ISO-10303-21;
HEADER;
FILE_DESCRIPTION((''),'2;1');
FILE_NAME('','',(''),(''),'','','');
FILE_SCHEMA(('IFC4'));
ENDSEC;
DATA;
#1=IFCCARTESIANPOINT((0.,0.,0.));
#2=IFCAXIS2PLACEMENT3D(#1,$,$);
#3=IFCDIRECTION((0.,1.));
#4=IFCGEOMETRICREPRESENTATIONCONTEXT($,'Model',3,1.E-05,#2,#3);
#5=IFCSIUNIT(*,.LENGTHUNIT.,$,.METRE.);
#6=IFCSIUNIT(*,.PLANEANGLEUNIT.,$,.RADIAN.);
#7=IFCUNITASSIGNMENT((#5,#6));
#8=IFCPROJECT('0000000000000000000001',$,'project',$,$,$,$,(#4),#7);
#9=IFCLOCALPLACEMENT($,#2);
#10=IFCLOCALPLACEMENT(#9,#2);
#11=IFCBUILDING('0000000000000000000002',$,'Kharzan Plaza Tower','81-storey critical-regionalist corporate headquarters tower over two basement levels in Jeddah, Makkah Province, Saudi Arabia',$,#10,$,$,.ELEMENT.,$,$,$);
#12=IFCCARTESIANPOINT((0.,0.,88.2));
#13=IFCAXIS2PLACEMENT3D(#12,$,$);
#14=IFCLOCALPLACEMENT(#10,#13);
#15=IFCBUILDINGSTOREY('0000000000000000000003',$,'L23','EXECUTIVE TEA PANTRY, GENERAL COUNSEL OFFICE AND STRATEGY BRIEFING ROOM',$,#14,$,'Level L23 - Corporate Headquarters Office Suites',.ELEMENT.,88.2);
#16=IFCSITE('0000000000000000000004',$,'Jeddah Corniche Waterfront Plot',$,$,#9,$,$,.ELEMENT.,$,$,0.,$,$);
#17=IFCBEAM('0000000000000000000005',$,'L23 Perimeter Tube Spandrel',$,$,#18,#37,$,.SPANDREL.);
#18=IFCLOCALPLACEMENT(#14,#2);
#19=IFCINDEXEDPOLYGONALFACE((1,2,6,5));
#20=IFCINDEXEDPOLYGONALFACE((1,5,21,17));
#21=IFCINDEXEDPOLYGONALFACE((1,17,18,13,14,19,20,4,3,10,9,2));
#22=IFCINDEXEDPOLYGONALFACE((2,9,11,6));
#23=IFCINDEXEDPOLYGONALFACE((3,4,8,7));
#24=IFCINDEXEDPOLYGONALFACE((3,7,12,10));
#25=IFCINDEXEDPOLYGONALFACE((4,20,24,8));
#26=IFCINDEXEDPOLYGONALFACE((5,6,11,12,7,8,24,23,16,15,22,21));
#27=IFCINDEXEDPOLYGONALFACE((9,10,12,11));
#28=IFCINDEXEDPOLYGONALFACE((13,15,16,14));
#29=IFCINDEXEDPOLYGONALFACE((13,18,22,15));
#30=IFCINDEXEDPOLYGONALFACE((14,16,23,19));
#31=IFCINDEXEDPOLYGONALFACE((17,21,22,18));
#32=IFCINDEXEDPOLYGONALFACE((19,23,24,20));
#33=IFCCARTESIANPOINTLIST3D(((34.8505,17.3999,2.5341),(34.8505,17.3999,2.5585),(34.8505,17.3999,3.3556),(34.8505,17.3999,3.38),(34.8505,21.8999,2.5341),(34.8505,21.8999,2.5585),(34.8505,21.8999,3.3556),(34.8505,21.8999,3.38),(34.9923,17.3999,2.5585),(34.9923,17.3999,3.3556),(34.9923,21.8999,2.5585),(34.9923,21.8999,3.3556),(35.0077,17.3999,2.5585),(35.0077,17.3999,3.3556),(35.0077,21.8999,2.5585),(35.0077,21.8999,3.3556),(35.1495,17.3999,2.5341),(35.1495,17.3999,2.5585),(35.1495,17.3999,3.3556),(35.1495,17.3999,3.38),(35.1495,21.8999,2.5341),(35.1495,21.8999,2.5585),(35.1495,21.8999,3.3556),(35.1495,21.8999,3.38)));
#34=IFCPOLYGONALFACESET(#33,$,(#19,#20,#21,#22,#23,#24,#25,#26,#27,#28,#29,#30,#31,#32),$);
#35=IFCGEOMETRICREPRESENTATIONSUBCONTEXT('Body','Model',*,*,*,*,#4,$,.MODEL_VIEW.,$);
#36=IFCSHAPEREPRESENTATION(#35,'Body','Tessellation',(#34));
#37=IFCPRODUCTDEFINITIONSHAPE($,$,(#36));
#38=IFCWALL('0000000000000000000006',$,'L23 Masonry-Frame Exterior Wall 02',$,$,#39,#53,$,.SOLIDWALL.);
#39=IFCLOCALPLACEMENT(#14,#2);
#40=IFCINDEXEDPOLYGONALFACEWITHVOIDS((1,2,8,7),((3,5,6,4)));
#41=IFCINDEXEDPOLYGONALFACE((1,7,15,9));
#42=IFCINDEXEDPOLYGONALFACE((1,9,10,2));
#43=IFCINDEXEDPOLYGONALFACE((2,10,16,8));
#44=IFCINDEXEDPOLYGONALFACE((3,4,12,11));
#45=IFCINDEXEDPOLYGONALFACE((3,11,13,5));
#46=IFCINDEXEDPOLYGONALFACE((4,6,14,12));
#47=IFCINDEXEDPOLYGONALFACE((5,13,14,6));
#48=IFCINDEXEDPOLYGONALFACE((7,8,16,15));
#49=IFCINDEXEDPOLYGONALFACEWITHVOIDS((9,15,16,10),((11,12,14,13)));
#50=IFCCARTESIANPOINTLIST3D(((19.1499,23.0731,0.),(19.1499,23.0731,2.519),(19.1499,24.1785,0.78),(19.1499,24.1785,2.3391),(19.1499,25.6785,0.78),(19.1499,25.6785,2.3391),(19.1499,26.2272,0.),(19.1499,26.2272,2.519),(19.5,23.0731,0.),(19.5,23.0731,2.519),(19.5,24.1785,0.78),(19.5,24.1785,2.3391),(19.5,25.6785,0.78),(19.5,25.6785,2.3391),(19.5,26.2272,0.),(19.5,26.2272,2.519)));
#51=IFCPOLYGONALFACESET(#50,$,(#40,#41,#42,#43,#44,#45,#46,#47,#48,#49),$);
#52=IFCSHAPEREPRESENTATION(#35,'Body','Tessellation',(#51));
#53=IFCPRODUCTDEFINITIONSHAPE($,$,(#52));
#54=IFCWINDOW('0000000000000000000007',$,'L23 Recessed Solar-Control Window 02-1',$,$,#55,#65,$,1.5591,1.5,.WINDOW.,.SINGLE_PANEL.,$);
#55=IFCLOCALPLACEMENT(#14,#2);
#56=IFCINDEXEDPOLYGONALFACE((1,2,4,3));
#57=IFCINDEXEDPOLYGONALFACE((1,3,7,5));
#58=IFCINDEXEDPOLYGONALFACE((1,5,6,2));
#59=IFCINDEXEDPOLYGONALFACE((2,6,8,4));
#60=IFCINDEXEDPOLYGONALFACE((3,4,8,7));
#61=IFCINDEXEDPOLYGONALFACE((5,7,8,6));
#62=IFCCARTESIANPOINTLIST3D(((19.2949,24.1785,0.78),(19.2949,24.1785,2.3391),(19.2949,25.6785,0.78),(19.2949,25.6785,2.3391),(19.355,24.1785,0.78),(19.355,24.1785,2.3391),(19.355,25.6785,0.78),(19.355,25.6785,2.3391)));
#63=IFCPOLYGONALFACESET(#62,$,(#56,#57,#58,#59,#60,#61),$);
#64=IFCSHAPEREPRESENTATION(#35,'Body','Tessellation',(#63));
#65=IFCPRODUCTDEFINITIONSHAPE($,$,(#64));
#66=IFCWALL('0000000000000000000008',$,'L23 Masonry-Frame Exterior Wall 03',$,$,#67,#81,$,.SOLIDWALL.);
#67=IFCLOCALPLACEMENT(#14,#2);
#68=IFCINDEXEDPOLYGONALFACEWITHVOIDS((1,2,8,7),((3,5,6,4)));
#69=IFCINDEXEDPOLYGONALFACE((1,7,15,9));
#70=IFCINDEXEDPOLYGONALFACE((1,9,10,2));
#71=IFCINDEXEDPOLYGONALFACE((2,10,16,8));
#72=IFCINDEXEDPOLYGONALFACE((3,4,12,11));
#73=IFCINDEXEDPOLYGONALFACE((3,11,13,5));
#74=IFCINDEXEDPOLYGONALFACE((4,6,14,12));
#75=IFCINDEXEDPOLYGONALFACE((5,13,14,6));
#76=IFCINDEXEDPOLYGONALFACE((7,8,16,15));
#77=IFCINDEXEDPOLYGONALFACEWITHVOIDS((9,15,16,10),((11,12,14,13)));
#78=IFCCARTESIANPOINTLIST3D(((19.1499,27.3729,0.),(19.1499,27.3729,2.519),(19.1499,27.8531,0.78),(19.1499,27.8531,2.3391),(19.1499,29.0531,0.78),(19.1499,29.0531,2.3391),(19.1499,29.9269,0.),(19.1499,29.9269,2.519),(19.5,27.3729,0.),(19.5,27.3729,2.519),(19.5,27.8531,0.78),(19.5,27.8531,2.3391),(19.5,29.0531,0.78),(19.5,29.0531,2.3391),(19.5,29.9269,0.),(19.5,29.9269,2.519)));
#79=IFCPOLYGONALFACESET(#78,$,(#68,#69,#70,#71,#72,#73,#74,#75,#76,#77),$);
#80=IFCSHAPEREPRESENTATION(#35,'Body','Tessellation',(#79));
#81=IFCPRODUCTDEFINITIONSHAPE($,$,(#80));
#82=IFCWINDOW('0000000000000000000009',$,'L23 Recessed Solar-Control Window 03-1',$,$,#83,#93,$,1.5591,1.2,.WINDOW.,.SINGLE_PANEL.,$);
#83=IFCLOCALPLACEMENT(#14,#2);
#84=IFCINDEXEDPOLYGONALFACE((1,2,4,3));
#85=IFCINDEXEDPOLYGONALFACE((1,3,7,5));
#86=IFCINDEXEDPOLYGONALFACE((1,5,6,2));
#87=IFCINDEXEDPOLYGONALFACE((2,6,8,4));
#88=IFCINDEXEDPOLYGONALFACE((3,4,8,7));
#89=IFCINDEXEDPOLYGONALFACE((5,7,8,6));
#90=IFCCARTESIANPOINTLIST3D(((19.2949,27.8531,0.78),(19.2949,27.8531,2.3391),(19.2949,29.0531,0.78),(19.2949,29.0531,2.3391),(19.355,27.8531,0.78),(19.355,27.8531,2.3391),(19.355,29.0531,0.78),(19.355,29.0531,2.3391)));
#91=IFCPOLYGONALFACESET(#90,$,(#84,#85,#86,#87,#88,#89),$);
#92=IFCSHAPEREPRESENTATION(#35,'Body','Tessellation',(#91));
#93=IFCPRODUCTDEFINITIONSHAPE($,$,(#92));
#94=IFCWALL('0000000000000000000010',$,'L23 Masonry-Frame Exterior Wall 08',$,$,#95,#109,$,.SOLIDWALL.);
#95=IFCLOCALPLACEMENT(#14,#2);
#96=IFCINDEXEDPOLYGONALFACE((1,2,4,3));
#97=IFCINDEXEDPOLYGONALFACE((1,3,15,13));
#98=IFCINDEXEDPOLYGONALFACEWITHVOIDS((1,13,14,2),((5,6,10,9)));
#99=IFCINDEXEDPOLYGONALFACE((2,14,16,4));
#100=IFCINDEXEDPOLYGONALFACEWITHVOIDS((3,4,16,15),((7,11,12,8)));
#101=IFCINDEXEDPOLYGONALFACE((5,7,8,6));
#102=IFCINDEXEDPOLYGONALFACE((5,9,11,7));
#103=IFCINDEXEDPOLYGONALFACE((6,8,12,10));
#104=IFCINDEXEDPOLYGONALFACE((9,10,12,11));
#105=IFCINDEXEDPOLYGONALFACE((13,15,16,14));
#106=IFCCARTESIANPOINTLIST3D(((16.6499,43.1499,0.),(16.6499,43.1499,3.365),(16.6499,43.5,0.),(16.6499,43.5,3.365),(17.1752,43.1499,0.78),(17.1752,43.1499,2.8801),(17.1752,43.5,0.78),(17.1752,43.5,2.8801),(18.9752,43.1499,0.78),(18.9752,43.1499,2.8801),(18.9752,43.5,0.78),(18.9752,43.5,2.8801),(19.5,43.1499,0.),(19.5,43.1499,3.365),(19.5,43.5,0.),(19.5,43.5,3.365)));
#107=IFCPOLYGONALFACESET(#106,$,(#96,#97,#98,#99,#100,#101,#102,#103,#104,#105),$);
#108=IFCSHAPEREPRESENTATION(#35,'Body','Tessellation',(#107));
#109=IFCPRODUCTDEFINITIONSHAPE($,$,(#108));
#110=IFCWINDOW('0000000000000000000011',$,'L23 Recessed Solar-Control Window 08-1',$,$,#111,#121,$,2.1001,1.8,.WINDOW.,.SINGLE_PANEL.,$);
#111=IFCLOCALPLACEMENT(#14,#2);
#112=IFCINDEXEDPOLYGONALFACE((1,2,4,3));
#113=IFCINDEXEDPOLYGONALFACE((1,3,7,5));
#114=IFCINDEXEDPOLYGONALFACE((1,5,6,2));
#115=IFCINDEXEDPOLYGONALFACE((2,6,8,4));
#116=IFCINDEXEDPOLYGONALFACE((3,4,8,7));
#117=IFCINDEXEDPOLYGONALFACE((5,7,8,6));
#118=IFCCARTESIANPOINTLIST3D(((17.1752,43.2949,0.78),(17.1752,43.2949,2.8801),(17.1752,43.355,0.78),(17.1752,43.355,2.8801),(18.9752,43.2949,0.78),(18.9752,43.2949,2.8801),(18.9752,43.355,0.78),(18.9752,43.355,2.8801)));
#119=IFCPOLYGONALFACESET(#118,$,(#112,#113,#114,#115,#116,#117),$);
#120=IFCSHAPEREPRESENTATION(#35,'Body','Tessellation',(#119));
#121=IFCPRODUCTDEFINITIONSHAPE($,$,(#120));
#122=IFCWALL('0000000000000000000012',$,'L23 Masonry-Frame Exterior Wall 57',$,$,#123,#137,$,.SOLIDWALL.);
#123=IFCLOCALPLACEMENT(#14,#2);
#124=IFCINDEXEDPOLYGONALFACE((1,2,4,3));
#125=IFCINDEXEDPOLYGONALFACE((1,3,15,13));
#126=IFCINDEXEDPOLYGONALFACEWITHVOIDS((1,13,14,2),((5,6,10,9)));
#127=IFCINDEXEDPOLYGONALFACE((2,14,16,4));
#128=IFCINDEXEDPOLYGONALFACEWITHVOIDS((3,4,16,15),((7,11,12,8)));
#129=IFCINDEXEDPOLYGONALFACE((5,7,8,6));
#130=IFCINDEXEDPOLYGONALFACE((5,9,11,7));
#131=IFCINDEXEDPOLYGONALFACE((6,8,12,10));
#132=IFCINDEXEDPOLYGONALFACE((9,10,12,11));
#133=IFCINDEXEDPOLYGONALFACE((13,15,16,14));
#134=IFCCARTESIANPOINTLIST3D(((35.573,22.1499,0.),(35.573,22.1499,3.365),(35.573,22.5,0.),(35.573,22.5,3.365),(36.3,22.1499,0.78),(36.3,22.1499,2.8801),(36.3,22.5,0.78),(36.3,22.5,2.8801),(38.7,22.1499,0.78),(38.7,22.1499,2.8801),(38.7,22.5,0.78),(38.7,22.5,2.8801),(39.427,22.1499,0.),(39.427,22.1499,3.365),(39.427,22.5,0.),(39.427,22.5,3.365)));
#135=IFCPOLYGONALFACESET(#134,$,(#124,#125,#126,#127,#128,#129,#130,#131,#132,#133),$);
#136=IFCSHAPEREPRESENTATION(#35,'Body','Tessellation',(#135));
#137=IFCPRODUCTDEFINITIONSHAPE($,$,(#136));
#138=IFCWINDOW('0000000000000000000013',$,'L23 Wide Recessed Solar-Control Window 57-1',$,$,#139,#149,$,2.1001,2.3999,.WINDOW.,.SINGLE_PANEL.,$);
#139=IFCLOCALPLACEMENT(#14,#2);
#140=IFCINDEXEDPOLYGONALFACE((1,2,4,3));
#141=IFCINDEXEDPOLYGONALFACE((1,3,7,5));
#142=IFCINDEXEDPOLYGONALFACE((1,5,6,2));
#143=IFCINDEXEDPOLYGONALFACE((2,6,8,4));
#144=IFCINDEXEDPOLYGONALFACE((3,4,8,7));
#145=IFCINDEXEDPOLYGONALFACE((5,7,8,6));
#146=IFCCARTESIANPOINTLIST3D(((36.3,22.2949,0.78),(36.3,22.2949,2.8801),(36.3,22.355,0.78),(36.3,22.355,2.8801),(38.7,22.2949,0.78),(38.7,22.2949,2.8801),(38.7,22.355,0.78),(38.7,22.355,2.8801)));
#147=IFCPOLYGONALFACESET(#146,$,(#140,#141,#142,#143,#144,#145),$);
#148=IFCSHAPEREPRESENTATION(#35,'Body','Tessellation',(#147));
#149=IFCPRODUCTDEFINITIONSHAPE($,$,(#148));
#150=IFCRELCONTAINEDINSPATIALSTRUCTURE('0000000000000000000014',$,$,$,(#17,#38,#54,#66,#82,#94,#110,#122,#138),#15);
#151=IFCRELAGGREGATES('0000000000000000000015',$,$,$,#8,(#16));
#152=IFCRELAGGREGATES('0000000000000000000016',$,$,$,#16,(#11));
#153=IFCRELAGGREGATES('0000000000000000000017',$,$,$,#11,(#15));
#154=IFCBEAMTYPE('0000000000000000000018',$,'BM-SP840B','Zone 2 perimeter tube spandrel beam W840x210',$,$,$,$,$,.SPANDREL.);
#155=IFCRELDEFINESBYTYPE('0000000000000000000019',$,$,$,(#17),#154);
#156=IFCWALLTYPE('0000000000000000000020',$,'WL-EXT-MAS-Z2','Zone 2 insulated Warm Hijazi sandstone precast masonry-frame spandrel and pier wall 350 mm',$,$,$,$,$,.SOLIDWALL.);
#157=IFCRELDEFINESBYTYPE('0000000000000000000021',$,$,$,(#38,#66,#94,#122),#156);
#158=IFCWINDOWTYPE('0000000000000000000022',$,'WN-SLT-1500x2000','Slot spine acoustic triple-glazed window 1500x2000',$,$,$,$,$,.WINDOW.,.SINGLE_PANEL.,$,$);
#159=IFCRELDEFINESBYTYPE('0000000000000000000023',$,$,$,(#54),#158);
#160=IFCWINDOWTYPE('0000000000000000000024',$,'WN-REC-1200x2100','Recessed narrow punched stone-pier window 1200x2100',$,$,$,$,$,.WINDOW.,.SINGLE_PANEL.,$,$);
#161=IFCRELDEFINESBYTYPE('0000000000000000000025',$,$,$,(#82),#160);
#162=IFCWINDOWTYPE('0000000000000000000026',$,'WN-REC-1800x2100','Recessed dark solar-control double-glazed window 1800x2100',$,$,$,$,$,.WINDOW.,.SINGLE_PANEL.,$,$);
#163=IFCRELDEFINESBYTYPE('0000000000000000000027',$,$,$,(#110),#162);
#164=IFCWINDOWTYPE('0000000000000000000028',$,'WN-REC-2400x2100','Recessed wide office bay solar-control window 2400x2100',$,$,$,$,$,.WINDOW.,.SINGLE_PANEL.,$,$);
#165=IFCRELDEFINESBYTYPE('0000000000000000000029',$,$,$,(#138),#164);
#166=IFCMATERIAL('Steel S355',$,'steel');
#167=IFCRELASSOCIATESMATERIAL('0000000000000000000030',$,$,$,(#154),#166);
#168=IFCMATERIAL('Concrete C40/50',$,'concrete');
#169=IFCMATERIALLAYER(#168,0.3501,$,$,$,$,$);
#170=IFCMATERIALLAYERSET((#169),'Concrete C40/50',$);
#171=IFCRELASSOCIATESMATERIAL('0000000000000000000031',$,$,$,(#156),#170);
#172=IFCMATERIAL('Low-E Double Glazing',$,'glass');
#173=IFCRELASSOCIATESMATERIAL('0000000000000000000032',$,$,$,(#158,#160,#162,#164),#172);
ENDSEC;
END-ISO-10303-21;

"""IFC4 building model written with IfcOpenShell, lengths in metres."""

from ifc_helpers import new_model, si_unit, direction, frame, frame_2d, origin, origin_2d, place, context, subcontext, project, spatial, rectangle, i_section, extrude, source, transform, mapped, material, layer, layer_set, material_profile, profile_set, type_object, element, fill, save


model = new_model("IFC4")

# Units and contexts
model_context = context("Model", 3, precision=1e-05, world=origin(), true_north=direction((0.0, 1.0)))
body_context = subcontext(model_context, "Body", "Model", "MODEL_VIEW")
ifc_project = project(units=[si_unit("LENGTHUNIT", "METRE"), si_unit("PLANEANGLEUNIT", "RADIAN")], contexts=[model_context])

# Site, building, storey
site_placement = place(None, origin())
site = spatial("IfcSite", under=ifc_project, at=site_placement, Name="Jeddah Corniche Waterfront Plot", CompositionType="ELEMENT", RefElevation=0.0)
building_placement = place(site_placement, origin())
building = spatial("IfcBuilding", under=site, at=building_placement, Name="Kharzan Plaza Tower", Description="81-storey critical-regionalist corporate headquarters tower over two basement levels in Jeddah, Makkah Province, Saudi Arabia", CompositionType="ELEMENT")
storey_placement = place(building_placement, frame((0.0, 0.0, 88.2)))
storey = spatial("IfcBuildingStorey", under=building, at=storey_placement, Name="L23", Description="EXECUTIVE TEA PANTRY, GENERAL COUNSEL OFFICE AND STRATEGY BRIEFING ROOM", LongName="Level L23 - Corporate Headquarters Office Suites", CompositionType="ELEMENT", Elevation=88.2)

# Beam
ifc_material_1 = material(Name="Steel S355", Category="steel")
ifc_material_profile_1 = material_profile(ifc_material_1, i_section(OverallWidth=0.2991, OverallDepth=0.8459, WebThickness=0.0154, FlangeThickness=0.0244, at=origin_2d()), Name="W840x210")
ifc_profile_set_1 = profile_set([ifc_material_profile_1], Name="Steel S355")
beam_type_1 = type_object("IfcBeamType", Name="BM-SP840B", Description="Zone 2 perimeter tube spandrel beam W840x210", PredefinedType="SPANDREL", material=ifc_profile_set_1)
shared_shape_1 = source(origin(), body_context, "Body", "SweptSolid", [
    extrude(i_section(OverallWidth=0.2991, OverallDepth=0.8459, WebThickness=0.0154, FlangeThickness=0.0244, at=origin_2d()), origin(), (0.0, 0.0, 1.0), 4.5),
])
beam_1_placement = place(storey_placement, frame((35.0, 17.3999, 2.957), z_axis=(0.0, 1.0, 0.0), x_axis=(-1.0, 0.0, 0.0)))
element("IfcBeam", 1, at=beam_1_placement, inside=storey, type_object=beam_type_1, Name="L23 Perimeter Tube Spandrel", PredefinedType="SPANDREL", context=body_context, shape_type="MappedRepresentation", body=[
    mapped(shared_shape_1, transform((0.0, 0.0, 0.0), x_axis=(1.0, 0.0, 0.0), y_axis=(0.0, 1.0, 0.0), z_axis=(0.0, 0.0, 1.0))),
])

# Walls, openings, windows
ifc_material_2 = material(Name="Concrete C40/50", Category="concrete")
ifc_layer_1 = layer(ifc_material_2, 0.3501)
ifc_layer_set_1 = layer_set([ifc_layer_1], Name="Concrete C40/50")
wall_type_1 = type_object("IfcWallType", Name="WL-EXT-MAS-Z2", Description="Zone 2 insulated Warm Hijazi sandstone precast masonry-frame spandrel and pier wall 350 mm", PredefinedType="SOLIDWALL", material=ifc_layer_set_1)
wall_1_placement = place(storey_placement, frame((19.325, 23.073, 0.0), z_axis=(0.0, 0.0, 1.0), x_axis=(0.0, 1.0, 0.0)))
wall_1 = element("IfcWall", 2, at=wall_1_placement, inside=storey, type_object=wall_type_1, Name="L23 Masonry-Frame Exterior Wall 02", PredefinedType="SOLIDWALL", context=body_context, shape_type="SweptSolid", body=[
    extrude(rectangle(XDim=3.1541, YDim=0.3501, at=frame_2d((1.5771, 0.0))), origin(), (0.0, 0.0, 1.0), 2.519),
])
opening_1_placement = place(wall_1_placement, frame((1.1055, 0.0, 0.78)))
opening_1 = element("IfcOpeningElement", 3, at=opening_1_placement, cuts=wall_1, PredefinedType="OPENING", context=body_context, shape_type="SweptSolid", body=[
    extrude(rectangle(XDim=1.5, YDim=1.5591, at=frame_2d((0.75, 0.7795))), frame((0.0, 0.1851, 0.0), z_axis=(0.0, -1.0, 0.0), x_axis=(1.0, 0.0, 0.0)), (0.0, 0.0, 1.0), 0.3701),
])
ifc_material_3 = material(Name="Low-E Double Glazing", Category="glass")
window_type_1 = type_object("IfcWindowType", Name="WN-SLT-1500x2000", Description="Slot spine acoustic triple-glazed window 1500x2000", PartitioningType="SINGLE_PANEL", PredefinedType="WINDOW", material=ifc_material_3)
shared_shape_2 = source(origin(), body_context, "Body", "SweptSolid", [
    extrude(rectangle(XDim=1.5, YDim=1.5591, at=frame_2d((0.75, 0.7795))), frame((0.0, 0.03, 0.0), z_axis=(0.0, -1.0, 0.0), x_axis=(1.0, 0.0, 0.0)), (0.0, 0.0, 1.0), 0.0601),
])
window_1_placement = place(opening_1_placement, origin())
window_1 = element("IfcWindow", 4, at=window_1_placement, inside=storey, type_object=window_type_1, Name="L23 Recessed Solar-Control Window 02-1", OverallHeight=1.5591, OverallWidth=1.5, PartitioningType="SINGLE_PANEL", PredefinedType="WINDOW", context=body_context, shape_type="MappedRepresentation", body=[
    mapped(shared_shape_2, transform((0.0, 0.0, 0.0), x_axis=(1.0, 0.0, 0.0), y_axis=(0.0, 1.0, 0.0), z_axis=(0.0, 0.0, 1.0))),
])
fill(opening_1, window_1)
wall_2_placement = place(storey_placement, frame((19.325, 27.373, 0.0), z_axis=(0.0, 0.0, 1.0), x_axis=(0.0, 1.0, 0.0)))
wall_2 = element("IfcWall", 5, at=wall_2_placement, inside=storey, type_object=wall_type_1, Name="L23 Masonry-Frame Exterior Wall 03", PredefinedType="SOLIDWALL", context=body_context, shape_type="SweptSolid", body=[
    extrude(rectangle(XDim=2.554, YDim=0.3501, at=frame_2d((1.2769, 0.0))), origin(), (0.0, 0.0, 1.0), 2.519),
])
opening_2_placement = place(wall_2_placement, frame((0.48, 0.0, 0.78)))
opening_2 = element("IfcOpeningElement", 6, at=opening_2_placement, cuts=wall_2, PredefinedType="OPENING", context=body_context, shape_type="SweptSolid", body=[
    extrude(rectangle(XDim=1.2, YDim=1.5591, at=frame_2d((0.6001, 0.7795))), frame((0.0, 0.1851, 0.0), z_axis=(0.0, -1.0, 0.0), x_axis=(1.0, 0.0, 0.0)), (0.0, 0.0, 1.0), 0.3701),
])
window_type_2 = type_object("IfcWindowType", Name="WN-REC-1200x2100", Description="Recessed narrow punched stone-pier window 1200x2100", PartitioningType="SINGLE_PANEL", PredefinedType="WINDOW", material=ifc_material_3)
shared_shape_3 = source(origin(), body_context, "Body", "SweptSolid", [
    extrude(rectangle(XDim=1.2, YDim=1.5591, at=frame_2d((0.6001, 0.7795))), frame((0.0, 0.03, 0.0), z_axis=(0.0, -1.0, 0.0), x_axis=(1.0, 0.0, 0.0)), (0.0, 0.0, 1.0), 0.0601),
])
window_2_placement = place(opening_2_placement, origin())
window_2 = element("IfcWindow", 7, at=window_2_placement, inside=storey, type_object=window_type_2, Name="L23 Recessed Solar-Control Window 03-1", OverallHeight=1.5591, OverallWidth=1.2, PartitioningType="SINGLE_PANEL", PredefinedType="WINDOW", context=body_context, shape_type="MappedRepresentation", body=[
    mapped(shared_shape_3, transform((0.0, 0.0, 0.0), x_axis=(1.0, 0.0, 0.0), y_axis=(0.0, 1.0, 0.0), z_axis=(0.0, 0.0, 1.0))),
])
fill(opening_2, window_2)
wall_3_placement = place(storey_placement, frame((19.5, 43.325, 0.0), z_axis=(0.0, 0.0, 1.0), x_axis=(-1.0, 0.0, 0.0)))
wall_3 = element("IfcWall", 8, at=wall_3_placement, inside=storey, type_object=wall_type_1, Name="L23 Masonry-Frame Exterior Wall 08", PredefinedType="SOLIDWALL", context=body_context, shape_type="SweptSolid", body=[
    extrude(rectangle(XDim=2.8501, YDim=0.3501, at=frame_2d((1.425, 0.0))), origin(), (0.0, 0.0, 1.0), 3.365),
])
opening_3_placement = place(wall_3_placement, frame((0.5249, 0.0, 0.78)))
opening_3 = element("IfcOpeningElement", 9, at=opening_3_placement, cuts=wall_3, PredefinedType="OPENING", context=body_context, shape_type="SweptSolid", body=[
    extrude(rectangle(XDim=1.8, YDim=2.1001, at=frame_2d((0.8999, 1.05))), frame((0.0, 0.1851, 0.0), z_axis=(0.0, -1.0, 0.0), x_axis=(1.0, 0.0, 0.0)), (0.0, 0.0, 1.0), 0.3701),
])
window_type_3 = type_object("IfcWindowType", Name="WN-REC-1800x2100", Description="Recessed dark solar-control double-glazed window 1800x2100", PartitioningType="SINGLE_PANEL", PredefinedType="WINDOW", material=ifc_material_3)
shared_shape_4 = source(origin(), body_context, "Body", "SweptSolid", [
    extrude(rectangle(XDim=1.8, YDim=2.1001, at=frame_2d((0.8999, 1.05))), frame((0.0, 0.03, 0.0), z_axis=(0.0, -1.0, 0.0), x_axis=(1.0, 0.0, 0.0)), (0.0, 0.0, 1.0), 0.0601),
])
window_3_placement = place(opening_3_placement, origin())
window_3 = element("IfcWindow", 10, at=window_3_placement, inside=storey, type_object=window_type_3, Name="L23 Recessed Solar-Control Window 08-1", OverallHeight=2.1001, OverallWidth=1.8, PartitioningType="SINGLE_PANEL", PredefinedType="WINDOW", context=body_context, shape_type="MappedRepresentation", body=[
    mapped(shared_shape_4, transform((0.0, 0.0, 0.0), x_axis=(1.0, 0.0, 0.0), y_axis=(0.0, 1.0, 0.0), z_axis=(0.0, 0.0, 1.0))),
])
fill(opening_3, window_3)
wall_4_placement = place(storey_placement, frame((39.427, 22.325, 0.0), z_axis=(0.0, 0.0, 1.0), x_axis=(-1.0, 0.0, 0.0)))
wall_4 = element("IfcWall", 11, at=wall_4_placement, inside=storey, type_object=wall_type_1, Name="L23 Masonry-Frame Exterior Wall 57", PredefinedType="SOLIDWALL", context=body_context, shape_type="SweptSolid", body=[
    extrude(rectangle(XDim=3.854, YDim=0.3501, at=frame_2d((1.927, 0.0))), origin(), (0.0, 0.0, 1.0), 3.365),
])
opening_4_placement = place(wall_4_placement, frame((0.7271, 0.0, 0.78)))
opening_4 = element("IfcOpeningElement", 12, at=opening_4_placement, cuts=wall_4, PredefinedType="OPENING", context=body_context, shape_type="SweptSolid", body=[
    extrude(rectangle(XDim=2.3999, YDim=2.1001, at=frame_2d((1.2, 1.05))), frame((0.0, 0.1851, 0.0), z_axis=(0.0, -1.0, 0.0), x_axis=(1.0, 0.0, 0.0)), (0.0, 0.0, 1.0), 0.3701),
])
window_type_4 = type_object("IfcWindowType", Name="WN-REC-2400x2100", Description="Recessed wide office bay solar-control window 2400x2100", PartitioningType="SINGLE_PANEL", PredefinedType="WINDOW", material=ifc_material_3)
shared_shape_5 = source(origin(), body_context, "Body", "SweptSolid", [
    extrude(rectangle(XDim=2.3999, YDim=2.1001, at=frame_2d((1.2, 1.05))), frame((0.0, 0.03, 0.0), z_axis=(0.0, -1.0, 0.0), x_axis=(1.0, 0.0, 0.0)), (0.0, 0.0, 1.0), 0.0601),
])
window_4_placement = place(opening_4_placement, origin())
window_4 = element("IfcWindow", 13, at=window_4_placement, inside=storey, type_object=window_type_4, Name="L23 Wide Recessed Solar-Control Window 57-1", OverallHeight=2.1001, OverallWidth=2.3999, PartitioningType="SINGLE_PANEL", PredefinedType="WINDOW", context=body_context, shape_type="MappedRepresentation", body=[
    mapped(shared_shape_5, transform((0.0, 0.0, 0.0), x_axis=(1.0, 0.0, 0.0), y_axis=(0.0, 1.0, 0.0), z_axis=(0.0, 0.0, 1.0))),
])
fill(opening_4, window_4)

save(model, "model.ifc")
